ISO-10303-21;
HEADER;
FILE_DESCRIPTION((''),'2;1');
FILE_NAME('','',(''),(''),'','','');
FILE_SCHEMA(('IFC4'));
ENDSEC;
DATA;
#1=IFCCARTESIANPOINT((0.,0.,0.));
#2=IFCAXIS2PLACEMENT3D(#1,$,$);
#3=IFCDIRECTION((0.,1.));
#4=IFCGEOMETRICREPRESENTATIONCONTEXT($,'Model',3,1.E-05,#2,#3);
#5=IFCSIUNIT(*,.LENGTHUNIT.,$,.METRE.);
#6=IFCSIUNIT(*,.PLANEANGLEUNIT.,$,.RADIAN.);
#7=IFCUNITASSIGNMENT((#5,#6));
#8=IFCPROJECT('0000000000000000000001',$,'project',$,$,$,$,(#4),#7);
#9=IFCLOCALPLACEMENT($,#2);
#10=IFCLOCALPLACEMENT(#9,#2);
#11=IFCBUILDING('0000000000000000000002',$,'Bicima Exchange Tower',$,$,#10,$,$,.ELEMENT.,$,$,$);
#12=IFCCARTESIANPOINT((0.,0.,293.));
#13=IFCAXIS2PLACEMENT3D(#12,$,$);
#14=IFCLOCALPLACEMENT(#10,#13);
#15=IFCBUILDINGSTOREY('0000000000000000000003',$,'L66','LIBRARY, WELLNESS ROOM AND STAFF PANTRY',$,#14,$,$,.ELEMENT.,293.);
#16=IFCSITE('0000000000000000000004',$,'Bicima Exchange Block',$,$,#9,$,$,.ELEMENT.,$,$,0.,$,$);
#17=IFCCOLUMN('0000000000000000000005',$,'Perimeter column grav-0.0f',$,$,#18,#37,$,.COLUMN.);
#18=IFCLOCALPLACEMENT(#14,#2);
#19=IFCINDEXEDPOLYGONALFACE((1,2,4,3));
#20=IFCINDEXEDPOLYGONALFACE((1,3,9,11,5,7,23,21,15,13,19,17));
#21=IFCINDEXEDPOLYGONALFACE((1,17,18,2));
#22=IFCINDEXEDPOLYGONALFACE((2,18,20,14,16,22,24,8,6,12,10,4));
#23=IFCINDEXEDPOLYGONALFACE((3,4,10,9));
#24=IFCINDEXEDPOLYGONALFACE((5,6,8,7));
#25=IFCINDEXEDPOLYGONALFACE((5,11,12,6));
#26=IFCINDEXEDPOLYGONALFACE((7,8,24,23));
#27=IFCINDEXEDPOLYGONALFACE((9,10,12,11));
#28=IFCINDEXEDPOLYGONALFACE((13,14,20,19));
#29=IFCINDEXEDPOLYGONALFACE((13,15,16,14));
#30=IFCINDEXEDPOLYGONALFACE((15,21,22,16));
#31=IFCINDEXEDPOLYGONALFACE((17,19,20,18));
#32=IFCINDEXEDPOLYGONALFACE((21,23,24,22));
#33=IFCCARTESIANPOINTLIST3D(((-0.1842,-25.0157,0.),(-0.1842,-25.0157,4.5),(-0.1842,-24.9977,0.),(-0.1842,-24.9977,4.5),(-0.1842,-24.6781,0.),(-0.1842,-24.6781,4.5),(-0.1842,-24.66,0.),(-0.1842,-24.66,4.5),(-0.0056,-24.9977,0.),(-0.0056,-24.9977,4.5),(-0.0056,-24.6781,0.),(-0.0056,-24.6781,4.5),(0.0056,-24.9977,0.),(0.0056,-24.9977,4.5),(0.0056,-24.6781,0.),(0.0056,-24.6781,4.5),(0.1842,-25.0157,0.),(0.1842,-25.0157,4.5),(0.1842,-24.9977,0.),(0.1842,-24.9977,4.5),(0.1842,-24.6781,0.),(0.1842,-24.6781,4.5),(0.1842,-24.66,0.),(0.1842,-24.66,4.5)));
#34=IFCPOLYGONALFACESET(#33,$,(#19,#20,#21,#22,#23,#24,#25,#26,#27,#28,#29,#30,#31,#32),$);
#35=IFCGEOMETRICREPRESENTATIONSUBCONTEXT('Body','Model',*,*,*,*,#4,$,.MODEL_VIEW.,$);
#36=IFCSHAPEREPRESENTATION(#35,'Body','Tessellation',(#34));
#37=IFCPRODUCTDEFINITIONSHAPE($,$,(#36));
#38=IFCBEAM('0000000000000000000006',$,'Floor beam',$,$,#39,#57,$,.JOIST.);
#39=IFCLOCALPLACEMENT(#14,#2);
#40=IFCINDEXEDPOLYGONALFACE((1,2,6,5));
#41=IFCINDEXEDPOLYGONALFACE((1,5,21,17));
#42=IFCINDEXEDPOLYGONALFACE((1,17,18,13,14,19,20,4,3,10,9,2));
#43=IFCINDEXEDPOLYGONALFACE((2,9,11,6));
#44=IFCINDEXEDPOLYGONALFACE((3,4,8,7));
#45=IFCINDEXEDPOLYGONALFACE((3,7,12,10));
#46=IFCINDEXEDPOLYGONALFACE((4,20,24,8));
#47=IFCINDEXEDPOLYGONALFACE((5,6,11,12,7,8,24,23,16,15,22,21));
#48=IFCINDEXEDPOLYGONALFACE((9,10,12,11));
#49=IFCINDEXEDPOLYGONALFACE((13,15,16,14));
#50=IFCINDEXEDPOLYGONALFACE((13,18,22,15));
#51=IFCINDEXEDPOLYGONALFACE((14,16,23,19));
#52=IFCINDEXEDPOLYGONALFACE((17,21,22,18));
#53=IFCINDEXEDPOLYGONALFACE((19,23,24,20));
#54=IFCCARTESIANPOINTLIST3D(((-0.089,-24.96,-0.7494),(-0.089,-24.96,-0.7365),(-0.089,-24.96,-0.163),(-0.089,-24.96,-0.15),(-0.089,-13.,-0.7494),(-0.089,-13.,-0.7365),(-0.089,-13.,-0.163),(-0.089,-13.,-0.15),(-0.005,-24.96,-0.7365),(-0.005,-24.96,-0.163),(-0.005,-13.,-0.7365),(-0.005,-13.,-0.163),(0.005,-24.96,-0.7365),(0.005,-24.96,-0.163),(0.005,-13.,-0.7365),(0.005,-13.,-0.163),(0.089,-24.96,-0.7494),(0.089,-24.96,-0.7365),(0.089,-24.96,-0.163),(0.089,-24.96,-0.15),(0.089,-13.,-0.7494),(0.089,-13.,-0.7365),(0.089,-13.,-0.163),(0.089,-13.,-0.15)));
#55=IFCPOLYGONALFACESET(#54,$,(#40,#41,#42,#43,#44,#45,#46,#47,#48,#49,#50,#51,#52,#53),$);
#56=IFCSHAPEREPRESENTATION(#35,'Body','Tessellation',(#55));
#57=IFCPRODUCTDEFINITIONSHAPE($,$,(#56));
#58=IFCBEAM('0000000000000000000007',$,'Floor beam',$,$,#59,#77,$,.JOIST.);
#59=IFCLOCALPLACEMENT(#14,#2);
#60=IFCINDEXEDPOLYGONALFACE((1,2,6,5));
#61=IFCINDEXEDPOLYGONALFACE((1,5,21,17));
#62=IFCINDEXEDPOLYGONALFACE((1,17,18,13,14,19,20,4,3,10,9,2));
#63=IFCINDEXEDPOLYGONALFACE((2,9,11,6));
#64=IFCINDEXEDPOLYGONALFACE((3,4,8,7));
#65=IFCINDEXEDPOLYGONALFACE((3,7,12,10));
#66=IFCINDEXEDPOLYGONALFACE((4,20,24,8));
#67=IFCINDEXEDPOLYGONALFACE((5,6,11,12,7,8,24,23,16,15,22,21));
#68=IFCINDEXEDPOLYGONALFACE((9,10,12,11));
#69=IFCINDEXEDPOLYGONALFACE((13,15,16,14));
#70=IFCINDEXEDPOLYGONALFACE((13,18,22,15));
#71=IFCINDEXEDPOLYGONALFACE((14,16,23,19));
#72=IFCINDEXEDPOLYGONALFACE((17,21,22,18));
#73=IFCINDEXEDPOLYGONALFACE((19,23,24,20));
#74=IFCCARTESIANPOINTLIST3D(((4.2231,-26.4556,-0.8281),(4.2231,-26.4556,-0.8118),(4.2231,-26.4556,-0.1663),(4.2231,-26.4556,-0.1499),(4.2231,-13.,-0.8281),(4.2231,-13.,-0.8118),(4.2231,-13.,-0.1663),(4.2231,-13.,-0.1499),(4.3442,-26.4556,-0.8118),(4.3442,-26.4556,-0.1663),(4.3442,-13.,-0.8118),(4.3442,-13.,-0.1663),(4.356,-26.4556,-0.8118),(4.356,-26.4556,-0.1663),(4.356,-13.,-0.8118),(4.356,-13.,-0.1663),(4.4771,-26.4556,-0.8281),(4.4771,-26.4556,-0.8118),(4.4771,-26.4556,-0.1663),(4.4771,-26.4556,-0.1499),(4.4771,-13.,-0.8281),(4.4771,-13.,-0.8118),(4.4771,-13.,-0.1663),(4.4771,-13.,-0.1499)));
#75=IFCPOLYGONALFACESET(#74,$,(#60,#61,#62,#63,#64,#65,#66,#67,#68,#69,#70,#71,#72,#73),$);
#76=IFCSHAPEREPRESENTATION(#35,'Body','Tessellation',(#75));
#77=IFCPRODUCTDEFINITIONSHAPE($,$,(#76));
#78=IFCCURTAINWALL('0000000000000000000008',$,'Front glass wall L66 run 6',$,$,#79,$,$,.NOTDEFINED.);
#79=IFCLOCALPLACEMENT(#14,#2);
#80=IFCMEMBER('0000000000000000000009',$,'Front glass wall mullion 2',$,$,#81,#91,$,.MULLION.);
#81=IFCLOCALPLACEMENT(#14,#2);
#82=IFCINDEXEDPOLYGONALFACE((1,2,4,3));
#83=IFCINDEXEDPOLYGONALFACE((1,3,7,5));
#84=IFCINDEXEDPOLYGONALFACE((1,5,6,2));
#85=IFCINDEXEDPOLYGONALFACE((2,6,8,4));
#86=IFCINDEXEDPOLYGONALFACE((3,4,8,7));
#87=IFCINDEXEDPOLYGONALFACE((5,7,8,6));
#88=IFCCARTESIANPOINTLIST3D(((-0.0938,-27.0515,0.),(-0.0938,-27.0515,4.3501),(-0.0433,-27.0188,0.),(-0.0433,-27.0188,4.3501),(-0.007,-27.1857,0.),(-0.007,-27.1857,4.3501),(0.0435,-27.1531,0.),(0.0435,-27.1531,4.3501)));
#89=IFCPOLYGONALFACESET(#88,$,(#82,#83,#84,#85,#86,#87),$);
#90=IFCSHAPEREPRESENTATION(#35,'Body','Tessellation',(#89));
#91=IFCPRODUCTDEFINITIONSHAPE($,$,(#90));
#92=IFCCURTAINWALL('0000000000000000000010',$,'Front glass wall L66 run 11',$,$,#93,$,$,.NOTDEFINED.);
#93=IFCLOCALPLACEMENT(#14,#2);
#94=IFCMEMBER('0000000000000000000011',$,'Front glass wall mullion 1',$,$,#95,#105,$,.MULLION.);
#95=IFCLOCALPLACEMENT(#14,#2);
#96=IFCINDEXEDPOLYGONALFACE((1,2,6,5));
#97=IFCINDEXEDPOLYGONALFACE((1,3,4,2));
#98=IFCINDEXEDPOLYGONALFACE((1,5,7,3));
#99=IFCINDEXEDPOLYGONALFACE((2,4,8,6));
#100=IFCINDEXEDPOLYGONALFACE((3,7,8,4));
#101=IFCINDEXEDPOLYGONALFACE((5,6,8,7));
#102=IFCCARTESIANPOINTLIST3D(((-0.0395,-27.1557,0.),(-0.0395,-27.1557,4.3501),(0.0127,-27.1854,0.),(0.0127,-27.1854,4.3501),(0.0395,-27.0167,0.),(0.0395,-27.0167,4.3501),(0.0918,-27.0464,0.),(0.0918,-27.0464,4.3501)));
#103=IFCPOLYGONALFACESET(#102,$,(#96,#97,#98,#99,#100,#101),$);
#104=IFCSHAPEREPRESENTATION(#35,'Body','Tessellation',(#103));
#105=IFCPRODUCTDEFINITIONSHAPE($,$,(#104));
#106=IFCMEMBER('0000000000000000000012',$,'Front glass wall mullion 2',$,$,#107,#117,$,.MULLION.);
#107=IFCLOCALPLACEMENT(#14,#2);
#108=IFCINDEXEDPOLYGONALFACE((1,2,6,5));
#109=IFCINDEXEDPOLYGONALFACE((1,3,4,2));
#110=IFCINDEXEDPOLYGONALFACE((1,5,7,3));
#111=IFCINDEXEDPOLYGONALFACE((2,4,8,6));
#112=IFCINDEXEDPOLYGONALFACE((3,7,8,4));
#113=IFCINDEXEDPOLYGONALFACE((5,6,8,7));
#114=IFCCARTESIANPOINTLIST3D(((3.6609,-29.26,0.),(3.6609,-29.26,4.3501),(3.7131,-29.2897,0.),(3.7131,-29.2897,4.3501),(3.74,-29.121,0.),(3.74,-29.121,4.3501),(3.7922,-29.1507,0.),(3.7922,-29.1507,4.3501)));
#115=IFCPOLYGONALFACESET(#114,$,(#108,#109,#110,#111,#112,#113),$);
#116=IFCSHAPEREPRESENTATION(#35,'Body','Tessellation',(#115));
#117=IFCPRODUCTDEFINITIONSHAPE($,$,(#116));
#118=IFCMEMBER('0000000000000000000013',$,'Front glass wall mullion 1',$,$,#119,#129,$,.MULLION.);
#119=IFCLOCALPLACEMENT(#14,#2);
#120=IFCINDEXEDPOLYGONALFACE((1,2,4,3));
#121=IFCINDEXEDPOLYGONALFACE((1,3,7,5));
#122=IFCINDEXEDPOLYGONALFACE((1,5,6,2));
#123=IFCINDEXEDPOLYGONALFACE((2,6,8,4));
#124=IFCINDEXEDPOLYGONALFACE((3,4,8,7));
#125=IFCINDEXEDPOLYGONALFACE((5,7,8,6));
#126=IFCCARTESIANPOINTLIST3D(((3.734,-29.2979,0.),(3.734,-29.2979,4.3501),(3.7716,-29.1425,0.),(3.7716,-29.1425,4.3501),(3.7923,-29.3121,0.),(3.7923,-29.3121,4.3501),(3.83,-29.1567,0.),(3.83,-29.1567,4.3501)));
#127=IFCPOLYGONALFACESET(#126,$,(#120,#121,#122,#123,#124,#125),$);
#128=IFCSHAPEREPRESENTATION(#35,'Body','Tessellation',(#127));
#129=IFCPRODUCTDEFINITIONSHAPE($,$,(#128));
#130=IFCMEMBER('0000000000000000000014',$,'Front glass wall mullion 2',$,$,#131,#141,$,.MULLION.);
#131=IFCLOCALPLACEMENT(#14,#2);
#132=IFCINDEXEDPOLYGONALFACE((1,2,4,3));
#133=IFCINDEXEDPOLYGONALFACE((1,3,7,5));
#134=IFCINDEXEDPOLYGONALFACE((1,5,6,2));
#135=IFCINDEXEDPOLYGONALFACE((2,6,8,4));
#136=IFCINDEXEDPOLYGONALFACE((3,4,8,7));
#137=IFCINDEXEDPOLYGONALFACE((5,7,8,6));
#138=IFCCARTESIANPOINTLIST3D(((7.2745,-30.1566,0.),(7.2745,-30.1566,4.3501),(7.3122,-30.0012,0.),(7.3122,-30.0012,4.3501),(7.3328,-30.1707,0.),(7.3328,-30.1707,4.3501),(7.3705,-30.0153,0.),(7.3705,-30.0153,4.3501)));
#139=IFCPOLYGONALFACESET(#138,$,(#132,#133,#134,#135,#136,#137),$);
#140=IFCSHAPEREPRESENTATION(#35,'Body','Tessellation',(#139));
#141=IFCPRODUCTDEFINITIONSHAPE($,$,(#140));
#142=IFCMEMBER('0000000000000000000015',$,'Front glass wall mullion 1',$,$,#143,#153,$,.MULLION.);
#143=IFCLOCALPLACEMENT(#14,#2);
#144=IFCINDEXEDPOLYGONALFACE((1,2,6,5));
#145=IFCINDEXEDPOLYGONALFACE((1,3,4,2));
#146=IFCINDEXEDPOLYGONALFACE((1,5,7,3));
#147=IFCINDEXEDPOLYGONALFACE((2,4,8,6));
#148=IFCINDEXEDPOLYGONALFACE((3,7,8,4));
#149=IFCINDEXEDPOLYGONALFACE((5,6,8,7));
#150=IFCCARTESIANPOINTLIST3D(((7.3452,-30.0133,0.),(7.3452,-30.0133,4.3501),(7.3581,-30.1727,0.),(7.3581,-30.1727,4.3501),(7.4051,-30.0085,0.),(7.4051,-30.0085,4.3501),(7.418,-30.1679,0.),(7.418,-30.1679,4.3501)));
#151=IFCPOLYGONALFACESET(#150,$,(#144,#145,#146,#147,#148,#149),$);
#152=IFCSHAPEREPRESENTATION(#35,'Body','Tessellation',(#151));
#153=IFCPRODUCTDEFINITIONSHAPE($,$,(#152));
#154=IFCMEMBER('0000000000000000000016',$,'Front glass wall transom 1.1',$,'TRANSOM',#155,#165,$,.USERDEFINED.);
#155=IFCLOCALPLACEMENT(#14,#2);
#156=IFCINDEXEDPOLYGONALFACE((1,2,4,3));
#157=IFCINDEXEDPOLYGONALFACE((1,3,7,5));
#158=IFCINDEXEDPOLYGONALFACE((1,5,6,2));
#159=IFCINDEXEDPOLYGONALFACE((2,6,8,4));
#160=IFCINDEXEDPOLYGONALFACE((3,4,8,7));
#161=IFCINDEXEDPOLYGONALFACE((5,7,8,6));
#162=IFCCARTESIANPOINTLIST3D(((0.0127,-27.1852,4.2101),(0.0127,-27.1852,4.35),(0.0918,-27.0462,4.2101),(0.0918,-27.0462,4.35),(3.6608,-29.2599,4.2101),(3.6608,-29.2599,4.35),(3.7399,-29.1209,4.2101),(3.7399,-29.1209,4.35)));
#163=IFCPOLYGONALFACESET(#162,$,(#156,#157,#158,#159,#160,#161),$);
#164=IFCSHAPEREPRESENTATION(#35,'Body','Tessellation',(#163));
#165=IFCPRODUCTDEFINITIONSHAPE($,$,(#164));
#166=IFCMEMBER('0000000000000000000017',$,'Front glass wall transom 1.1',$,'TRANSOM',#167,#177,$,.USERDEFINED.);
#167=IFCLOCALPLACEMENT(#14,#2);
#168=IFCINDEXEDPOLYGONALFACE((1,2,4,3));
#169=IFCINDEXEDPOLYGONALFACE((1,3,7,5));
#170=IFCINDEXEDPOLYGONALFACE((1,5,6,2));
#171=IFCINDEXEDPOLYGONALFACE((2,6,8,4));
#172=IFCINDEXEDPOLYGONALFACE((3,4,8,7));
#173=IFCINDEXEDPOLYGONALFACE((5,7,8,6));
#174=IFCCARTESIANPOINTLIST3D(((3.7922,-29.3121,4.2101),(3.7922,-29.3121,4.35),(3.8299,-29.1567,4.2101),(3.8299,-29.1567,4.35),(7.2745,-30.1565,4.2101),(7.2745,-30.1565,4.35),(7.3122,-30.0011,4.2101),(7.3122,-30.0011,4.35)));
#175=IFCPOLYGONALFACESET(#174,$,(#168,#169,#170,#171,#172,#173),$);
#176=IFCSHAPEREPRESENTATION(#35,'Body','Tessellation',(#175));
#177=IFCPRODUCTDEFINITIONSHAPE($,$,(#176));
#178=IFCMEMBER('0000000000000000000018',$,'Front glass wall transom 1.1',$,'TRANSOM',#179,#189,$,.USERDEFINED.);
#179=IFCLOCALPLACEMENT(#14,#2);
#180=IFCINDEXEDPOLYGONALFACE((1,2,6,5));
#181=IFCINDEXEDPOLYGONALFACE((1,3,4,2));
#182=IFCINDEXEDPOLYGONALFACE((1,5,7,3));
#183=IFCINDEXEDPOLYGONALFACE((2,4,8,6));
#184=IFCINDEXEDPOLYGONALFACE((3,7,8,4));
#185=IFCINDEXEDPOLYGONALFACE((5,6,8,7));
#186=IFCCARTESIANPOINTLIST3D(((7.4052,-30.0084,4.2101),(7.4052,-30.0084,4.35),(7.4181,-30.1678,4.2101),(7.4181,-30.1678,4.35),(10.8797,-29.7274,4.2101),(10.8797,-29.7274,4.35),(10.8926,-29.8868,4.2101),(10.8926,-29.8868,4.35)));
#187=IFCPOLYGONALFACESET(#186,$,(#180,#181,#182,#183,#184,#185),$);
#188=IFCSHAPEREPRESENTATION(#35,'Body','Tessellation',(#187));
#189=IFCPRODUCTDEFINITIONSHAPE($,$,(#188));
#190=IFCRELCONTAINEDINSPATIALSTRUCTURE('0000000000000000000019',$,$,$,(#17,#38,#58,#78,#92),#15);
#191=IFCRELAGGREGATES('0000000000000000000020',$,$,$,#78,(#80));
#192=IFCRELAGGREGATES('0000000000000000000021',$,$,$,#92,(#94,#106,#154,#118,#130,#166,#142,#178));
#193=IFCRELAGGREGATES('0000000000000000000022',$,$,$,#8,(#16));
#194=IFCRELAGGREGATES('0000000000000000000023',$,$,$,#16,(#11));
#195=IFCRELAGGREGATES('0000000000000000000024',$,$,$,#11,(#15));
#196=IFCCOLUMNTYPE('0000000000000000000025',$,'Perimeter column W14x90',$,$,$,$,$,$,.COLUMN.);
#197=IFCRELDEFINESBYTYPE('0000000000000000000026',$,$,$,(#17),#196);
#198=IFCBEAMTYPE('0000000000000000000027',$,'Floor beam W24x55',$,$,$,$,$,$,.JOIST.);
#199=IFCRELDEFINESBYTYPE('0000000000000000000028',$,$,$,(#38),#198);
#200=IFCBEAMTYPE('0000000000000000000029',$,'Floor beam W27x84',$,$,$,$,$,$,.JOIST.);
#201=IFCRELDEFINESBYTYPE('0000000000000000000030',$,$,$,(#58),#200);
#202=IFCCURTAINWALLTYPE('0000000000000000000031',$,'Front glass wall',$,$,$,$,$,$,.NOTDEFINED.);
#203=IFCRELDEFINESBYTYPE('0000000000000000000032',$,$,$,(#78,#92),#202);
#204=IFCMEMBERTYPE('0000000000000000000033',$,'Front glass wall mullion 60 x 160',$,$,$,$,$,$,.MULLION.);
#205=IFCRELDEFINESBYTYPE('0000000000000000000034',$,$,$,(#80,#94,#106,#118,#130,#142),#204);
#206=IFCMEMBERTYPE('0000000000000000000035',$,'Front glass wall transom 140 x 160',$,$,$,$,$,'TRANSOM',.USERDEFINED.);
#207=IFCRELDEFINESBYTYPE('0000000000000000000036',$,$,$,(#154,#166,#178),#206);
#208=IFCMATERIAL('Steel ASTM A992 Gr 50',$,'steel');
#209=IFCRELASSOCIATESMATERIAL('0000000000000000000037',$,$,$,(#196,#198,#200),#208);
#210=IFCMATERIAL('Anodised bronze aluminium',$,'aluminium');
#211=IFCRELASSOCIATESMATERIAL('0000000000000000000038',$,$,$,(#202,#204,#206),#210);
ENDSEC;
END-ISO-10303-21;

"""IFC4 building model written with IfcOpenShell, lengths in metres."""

from ifc_helpers import new_model, si_unit, direction, frame, origin, origin_2d, place, context, subcontext, project, spatial, rectangle, i_section, extrude, material, material_profile, profile_set, type_object, element, aggregate, save


model = new_model("IFC4")

# Units and contexts
model_context = context("Model", 3, precision=1e-05, world=origin(), true_north=direction((0.0, 1.0)))
body_context = subcontext(model_context, "Body", "Model", "MODEL_VIEW")
ifc_project = project(units=[si_unit("LENGTHUNIT", "METRE"), si_unit("PLANEANGLEUNIT", "RADIAN")], contexts=[model_context])

# Site, building, storey
site_placement = place(None, origin())
site = spatial("IfcSite", under=ifc_project, at=site_placement, Name="Bicima Exchange Block", CompositionType="ELEMENT", RefElevation=0.0)
building_placement = place(site_placement, origin())
building = spatial("IfcBuilding", under=site, at=building_placement, Name="Bicima Exchange Tower", CompositionType="ELEMENT")
storey_placement = place(building_placement, frame((0.0, 0.0, 293.0)))
storey = spatial("IfcBuildingStorey", under=building, at=storey_placement, Name="L66", Description="LIBRARY, WELLNESS ROOM AND STAFF PANTRY", CompositionType="ELEMENT", Elevation=293.0)

# Column
ifc_material_1 = material(Name="Steel ASTM A992 Gr 50", Category="steel")
ifc_material_profile_1 = material_profile(ifc_material_1, i_section(OverallWidth=0.3684, OverallDepth=0.3557, WebThickness=0.0112, FlangeThickness=0.0181, at=origin_2d()))
ifc_profile_set_1 = profile_set([ifc_material_profile_1], Name="Steel ASTM A992 Gr 50")
column_type = type_object("IfcColumnType", Name="Perimeter column W14x90", PredefinedType="COLUMN", material=ifc_profile_set_1)
column_placement = place(storey_placement, frame((0.0, -24.8379, 0.0), z_axis=(0.0, 0.0, 1.0), x_axis=(1.0, 0.0, 0.0)))
element("IfcColumn", 1, at=column_placement, inside=storey, type_object=column_type, Name="Perimeter column grav-0.0f", PredefinedType="COLUMN", context=body_context, shape_type="SweptSolid", body=[
    extrude(i_section(OverallWidth=0.3684, OverallDepth=0.3557, WebThickness=0.0112, FlangeThickness=0.0181, at=origin_2d()), origin(), (0.0, 0.0, 1.0), 4.5),
])

# Beams
ifc_material_profile_2 = material_profile(ifc_material_1, i_section(OverallWidth=0.178, OverallDepth=0.5994, WebThickness=0.01, FlangeThickness=0.0129, at=origin_2d()))
ifc_profile_set_2 = profile_set([ifc_material_profile_2], Name="Steel ASTM A992 Gr 50")
beam_type_1 = type_object("IfcBeamType", Name="Floor beam W24x55", PredefinedType="JOIST", material=ifc_profile_set_2)
beam_1_placement = place(storey_placement, frame((0.0, -13.0, -0.4497), z_axis=(0.0, -1.0, 0.0), x_axis=(1.0, 0.0, 0.0)))
element("IfcBeam", 2, at=beam_1_placement, inside=storey, type_object=beam_type_1, Name="Floor beam", PredefinedType="JOIST", context=body_context, shape_type="SweptSolid", body=[
    extrude(i_section(OverallWidth=0.178, OverallDepth=0.5994, WebThickness=0.01, FlangeThickness=0.0129, at=origin_2d()), origin(), (0.0, 0.0, 1.0), 11.96),
])
ifc_material_profile_3 = material_profile(ifc_material_1, i_section(OverallWidth=0.2539, OverallDepth=0.6782, WebThickness=0.0117, FlangeThickness=0.0164, at=origin_2d()))
ifc_profile_set_3 = profile_set([ifc_material_profile_3], Name="Steel ASTM A992 Gr 50")
beam_type_2 = type_object("IfcBeamType", Name="Floor beam W27x84", PredefinedType="JOIST", material=ifc_profile_set_3)
beam_2_placement = place(storey_placement, frame((4.3501, -13.0, -0.489), z_axis=(0.0, -1.0, 0.0), x_axis=(1.0, 0.0, 0.0)))
element("IfcBeam", 3, at=beam_2_placement, inside=storey, type_object=beam_type_2, Name="Floor beam", PredefinedType="JOIST", context=body_context, shape_type="SweptSolid", body=[
    extrude(i_section(OverallWidth=0.2539, OverallDepth=0.6782, WebThickness=0.0117, FlangeThickness=0.0164, at=origin_2d()), origin(), (0.0, 0.0, 1.0), 13.4556),
])

# Curtain wall, member
ifc_material_2 = material(Name="Anodised bronze aluminium", Category="aluminium")
curtain_wall_type = type_object("IfcCurtainWallType", Name="Front glass wall", PredefinedType="NOTDEFINED", material=ifc_material_2)
curtain_wall_1_placement = place(storey_placement, origin())
curtain_wall_1 = element("IfcCurtainWall", 4, at=curtain_wall_1_placement, inside=storey, type_object=curtain_wall_type, Name="Front glass wall L66 run 6", PredefinedType="NOTDEFINED")
ifc_material_profile_4 = material_profile(ifc_material_2, rectangle(XDim=0.1599, YDim=0.0601, at=origin_2d()))
ifc_profile_set_4 = profile_set([ifc_material_profile_4], Name="Anodised bronze aluminium")
member_type_1 = type_object("IfcMemberType", Name="Front glass wall mullion 60 x 160", PredefinedType="MULLION", material=ifc_profile_set_4)
member_1_placement = place(storey_placement, frame((-0.0251, -27.1023, 0.0), z_axis=(0.0, 0.0, 1.0), x_axis=(-0.542897, 0.839799, 0.0)))
member_1 = element("IfcMember", 5, at=member_1_placement, type_object=member_type_1, Name="Front glass wall mullion 2", PredefinedType="MULLION", context=body_context, shape_type="SweptSolid", body=[
    extrude(rectangle(XDim=0.1599, YDim=0.0601, at=origin_2d()), origin(), (0.0, 0.0, 1.0), 4.3501),
])

# Curtain wall, members
curtain_wall_2_placement = place(storey_placement, origin())
curtain_wall_2 = element("IfcCurtainWall", 6, at=curtain_wall_2_placement, inside=storey, type_object=curtain_wall_type, Name="Front glass wall L66 run 11", PredefinedType="NOTDEFINED")
member_2_placement = place(storey_placement, frame((0.0261, -27.1011, 0.0), z_axis=(0.0, 0.0, 1.0), x_axis=(0.49433, 0.869274, 0.0)))
member_2 = element("IfcMember", 7, at=member_2_placement, type_object=member_type_1, Name="Front glass wall mullion 1", PredefinedType="MULLION", context=body_context, shape_type="SweptSolid", body=[
    extrude(rectangle(XDim=0.1599, YDim=0.0601, at=origin_2d()), origin(), (0.0, 0.0, 1.0), 4.3501),
])
member_3_placement = place(storey_placement, frame((3.7266, -29.2053, 0.0), z_axis=(0.0, 0.0, 1.0), x_axis=(0.49433, 0.869274, 0.0)))
member_3 = element("IfcMember", 8, at=member_3_placement, type_object=member_type_1, Name="Front glass wall mullion 2", PredefinedType="MULLION", context=body_context, shape_type="SweptSolid", body=[
    extrude(rectangle(XDim=0.1599, YDim=0.0601, at=origin_2d()), origin(), (0.0, 0.0, 1.0), 4.3501),
])
member_4_placement = place(storey_placement, frame((3.782, -29.2273, 0.0), z_axis=(0.0, 0.0, 1.0), x_axis=(0.235682, 0.97183, 0.0)))
member_4 = element("IfcMember", 9, at=member_4_placement, type_object=member_type_1, Name="Front glass wall mullion 1", PredefinedType="MULLION", context=body_context, shape_type="SweptSolid", body=[
    extrude(rectangle(XDim=0.1599, YDim=0.0601, at=origin_2d()), origin(), (0.0, 0.0, 1.0), 4.3501),
])
member_5_placement = place(storey_placement, frame((7.3225, -30.0859, 0.0), z_axis=(0.0, 0.0, 1.0), x_axis=(0.235682, 0.97183, 0.0)))
member_5 = element("IfcMember", 10, at=member_5_placement, type_object=member_type_1, Name="Front glass wall mullion 2", PredefinedType="MULLION", context=body_context, shape_type="SweptSolid", body=[
    extrude(rectangle(XDim=0.1599, YDim=0.0601, at=origin_2d()), origin(), (0.0, 0.0, 1.0), 4.3501),
])
member_6_placement = place(storey_placement, frame((7.3816, -30.0906, 0.0), z_axis=(0.0, 0.0, 1.0), x_axis=(-0.080589, 0.996747, 0.0)))
member_6 = element("IfcMember", 11, at=member_6_placement, type_object=member_type_1, Name="Front glass wall mullion 1", PredefinedType="MULLION", context=body_context, shape_type="SweptSolid", body=[
    extrude(rectangle(XDim=0.1599, YDim=0.0601, at=origin_2d()), origin(), (0.0, 0.0, 1.0), 4.3501),
])
ifc_material_profile_5 = material_profile(ifc_material_2, rectangle(XDim=0.1599, YDim=0.1399, at=origin_2d()))
ifc_profile_set_5 = profile_set([ifc_material_profile_5], Name="Anodised bronze aluminium")
member_type_2 = type_object("IfcMemberType", Name="Front glass wall transom 140 x 160", ElementType="TRANSOM", PredefinedType="USERDEFINED", material=ifc_profile_set_5)
member_7_placement = place(storey_placement, frame((0.0522, -27.1157, 4.28), z_axis=(0.869265, -0.494346, 0.0), x_axis=(0.494346, 0.869265, 0.0)))
member_7 = element("IfcMember", 12, at=member_7_placement, type_object=member_type_2, Name="Front glass wall transom 1.1", ObjectType="TRANSOM", PredefinedType="USERDEFINED", context=body_context, shape_type="SweptSolid", body=[
    extrude(rectangle(XDim=0.1599, YDim=0.1399, at=origin_2d()), origin(), (0.0, 0.0, 1.0), 4.1968),
])
member_8_placement = place(storey_placement, frame((3.811, -29.2344, 4.28), z_axis=(0.971834, -0.235668, 0.0), x_axis=(0.235668, 0.971834, 0.0)))
member_8 = element("IfcMember", 13, at=member_8_placement, type_object=member_type_2, Name="Front glass wall transom 1.1", ObjectType="TRANSOM", PredefinedType="USERDEFINED", context=body_context, shape_type="SweptSolid", body=[
    extrude(rectangle(XDim=0.1599, YDim=0.1399, at=origin_2d()), origin(), (0.0, 0.0, 1.0), 3.5833),
])
member_9_placement = place(storey_placement, frame((7.4116, -30.0881, 4.28), z_axis=(0.996746, 0.080611, 0.0), x_axis=(-0.080611, 0.996746, 0.0)))
member_9 = element("IfcMember", 14, at=member_9_placement, type_object=member_type_2, Name="Front glass wall transom 1.1", ObjectType="TRANSOM", PredefinedType="USERDEFINED", context=body_context, shape_type="SweptSolid", body=[
    extrude(rectangle(XDim=0.1599, YDim=0.1399, at=origin_2d()), origin(), (0.0, 0.0, 1.0), 3.4858),
])

aggregate(curtain_wall_1, [member_1])
aggregate(curtain_wall_2, [member_2, member_3, member_7, member_4, member_5, member_8, member_6, member_9])

save(model, "model.ifc")
